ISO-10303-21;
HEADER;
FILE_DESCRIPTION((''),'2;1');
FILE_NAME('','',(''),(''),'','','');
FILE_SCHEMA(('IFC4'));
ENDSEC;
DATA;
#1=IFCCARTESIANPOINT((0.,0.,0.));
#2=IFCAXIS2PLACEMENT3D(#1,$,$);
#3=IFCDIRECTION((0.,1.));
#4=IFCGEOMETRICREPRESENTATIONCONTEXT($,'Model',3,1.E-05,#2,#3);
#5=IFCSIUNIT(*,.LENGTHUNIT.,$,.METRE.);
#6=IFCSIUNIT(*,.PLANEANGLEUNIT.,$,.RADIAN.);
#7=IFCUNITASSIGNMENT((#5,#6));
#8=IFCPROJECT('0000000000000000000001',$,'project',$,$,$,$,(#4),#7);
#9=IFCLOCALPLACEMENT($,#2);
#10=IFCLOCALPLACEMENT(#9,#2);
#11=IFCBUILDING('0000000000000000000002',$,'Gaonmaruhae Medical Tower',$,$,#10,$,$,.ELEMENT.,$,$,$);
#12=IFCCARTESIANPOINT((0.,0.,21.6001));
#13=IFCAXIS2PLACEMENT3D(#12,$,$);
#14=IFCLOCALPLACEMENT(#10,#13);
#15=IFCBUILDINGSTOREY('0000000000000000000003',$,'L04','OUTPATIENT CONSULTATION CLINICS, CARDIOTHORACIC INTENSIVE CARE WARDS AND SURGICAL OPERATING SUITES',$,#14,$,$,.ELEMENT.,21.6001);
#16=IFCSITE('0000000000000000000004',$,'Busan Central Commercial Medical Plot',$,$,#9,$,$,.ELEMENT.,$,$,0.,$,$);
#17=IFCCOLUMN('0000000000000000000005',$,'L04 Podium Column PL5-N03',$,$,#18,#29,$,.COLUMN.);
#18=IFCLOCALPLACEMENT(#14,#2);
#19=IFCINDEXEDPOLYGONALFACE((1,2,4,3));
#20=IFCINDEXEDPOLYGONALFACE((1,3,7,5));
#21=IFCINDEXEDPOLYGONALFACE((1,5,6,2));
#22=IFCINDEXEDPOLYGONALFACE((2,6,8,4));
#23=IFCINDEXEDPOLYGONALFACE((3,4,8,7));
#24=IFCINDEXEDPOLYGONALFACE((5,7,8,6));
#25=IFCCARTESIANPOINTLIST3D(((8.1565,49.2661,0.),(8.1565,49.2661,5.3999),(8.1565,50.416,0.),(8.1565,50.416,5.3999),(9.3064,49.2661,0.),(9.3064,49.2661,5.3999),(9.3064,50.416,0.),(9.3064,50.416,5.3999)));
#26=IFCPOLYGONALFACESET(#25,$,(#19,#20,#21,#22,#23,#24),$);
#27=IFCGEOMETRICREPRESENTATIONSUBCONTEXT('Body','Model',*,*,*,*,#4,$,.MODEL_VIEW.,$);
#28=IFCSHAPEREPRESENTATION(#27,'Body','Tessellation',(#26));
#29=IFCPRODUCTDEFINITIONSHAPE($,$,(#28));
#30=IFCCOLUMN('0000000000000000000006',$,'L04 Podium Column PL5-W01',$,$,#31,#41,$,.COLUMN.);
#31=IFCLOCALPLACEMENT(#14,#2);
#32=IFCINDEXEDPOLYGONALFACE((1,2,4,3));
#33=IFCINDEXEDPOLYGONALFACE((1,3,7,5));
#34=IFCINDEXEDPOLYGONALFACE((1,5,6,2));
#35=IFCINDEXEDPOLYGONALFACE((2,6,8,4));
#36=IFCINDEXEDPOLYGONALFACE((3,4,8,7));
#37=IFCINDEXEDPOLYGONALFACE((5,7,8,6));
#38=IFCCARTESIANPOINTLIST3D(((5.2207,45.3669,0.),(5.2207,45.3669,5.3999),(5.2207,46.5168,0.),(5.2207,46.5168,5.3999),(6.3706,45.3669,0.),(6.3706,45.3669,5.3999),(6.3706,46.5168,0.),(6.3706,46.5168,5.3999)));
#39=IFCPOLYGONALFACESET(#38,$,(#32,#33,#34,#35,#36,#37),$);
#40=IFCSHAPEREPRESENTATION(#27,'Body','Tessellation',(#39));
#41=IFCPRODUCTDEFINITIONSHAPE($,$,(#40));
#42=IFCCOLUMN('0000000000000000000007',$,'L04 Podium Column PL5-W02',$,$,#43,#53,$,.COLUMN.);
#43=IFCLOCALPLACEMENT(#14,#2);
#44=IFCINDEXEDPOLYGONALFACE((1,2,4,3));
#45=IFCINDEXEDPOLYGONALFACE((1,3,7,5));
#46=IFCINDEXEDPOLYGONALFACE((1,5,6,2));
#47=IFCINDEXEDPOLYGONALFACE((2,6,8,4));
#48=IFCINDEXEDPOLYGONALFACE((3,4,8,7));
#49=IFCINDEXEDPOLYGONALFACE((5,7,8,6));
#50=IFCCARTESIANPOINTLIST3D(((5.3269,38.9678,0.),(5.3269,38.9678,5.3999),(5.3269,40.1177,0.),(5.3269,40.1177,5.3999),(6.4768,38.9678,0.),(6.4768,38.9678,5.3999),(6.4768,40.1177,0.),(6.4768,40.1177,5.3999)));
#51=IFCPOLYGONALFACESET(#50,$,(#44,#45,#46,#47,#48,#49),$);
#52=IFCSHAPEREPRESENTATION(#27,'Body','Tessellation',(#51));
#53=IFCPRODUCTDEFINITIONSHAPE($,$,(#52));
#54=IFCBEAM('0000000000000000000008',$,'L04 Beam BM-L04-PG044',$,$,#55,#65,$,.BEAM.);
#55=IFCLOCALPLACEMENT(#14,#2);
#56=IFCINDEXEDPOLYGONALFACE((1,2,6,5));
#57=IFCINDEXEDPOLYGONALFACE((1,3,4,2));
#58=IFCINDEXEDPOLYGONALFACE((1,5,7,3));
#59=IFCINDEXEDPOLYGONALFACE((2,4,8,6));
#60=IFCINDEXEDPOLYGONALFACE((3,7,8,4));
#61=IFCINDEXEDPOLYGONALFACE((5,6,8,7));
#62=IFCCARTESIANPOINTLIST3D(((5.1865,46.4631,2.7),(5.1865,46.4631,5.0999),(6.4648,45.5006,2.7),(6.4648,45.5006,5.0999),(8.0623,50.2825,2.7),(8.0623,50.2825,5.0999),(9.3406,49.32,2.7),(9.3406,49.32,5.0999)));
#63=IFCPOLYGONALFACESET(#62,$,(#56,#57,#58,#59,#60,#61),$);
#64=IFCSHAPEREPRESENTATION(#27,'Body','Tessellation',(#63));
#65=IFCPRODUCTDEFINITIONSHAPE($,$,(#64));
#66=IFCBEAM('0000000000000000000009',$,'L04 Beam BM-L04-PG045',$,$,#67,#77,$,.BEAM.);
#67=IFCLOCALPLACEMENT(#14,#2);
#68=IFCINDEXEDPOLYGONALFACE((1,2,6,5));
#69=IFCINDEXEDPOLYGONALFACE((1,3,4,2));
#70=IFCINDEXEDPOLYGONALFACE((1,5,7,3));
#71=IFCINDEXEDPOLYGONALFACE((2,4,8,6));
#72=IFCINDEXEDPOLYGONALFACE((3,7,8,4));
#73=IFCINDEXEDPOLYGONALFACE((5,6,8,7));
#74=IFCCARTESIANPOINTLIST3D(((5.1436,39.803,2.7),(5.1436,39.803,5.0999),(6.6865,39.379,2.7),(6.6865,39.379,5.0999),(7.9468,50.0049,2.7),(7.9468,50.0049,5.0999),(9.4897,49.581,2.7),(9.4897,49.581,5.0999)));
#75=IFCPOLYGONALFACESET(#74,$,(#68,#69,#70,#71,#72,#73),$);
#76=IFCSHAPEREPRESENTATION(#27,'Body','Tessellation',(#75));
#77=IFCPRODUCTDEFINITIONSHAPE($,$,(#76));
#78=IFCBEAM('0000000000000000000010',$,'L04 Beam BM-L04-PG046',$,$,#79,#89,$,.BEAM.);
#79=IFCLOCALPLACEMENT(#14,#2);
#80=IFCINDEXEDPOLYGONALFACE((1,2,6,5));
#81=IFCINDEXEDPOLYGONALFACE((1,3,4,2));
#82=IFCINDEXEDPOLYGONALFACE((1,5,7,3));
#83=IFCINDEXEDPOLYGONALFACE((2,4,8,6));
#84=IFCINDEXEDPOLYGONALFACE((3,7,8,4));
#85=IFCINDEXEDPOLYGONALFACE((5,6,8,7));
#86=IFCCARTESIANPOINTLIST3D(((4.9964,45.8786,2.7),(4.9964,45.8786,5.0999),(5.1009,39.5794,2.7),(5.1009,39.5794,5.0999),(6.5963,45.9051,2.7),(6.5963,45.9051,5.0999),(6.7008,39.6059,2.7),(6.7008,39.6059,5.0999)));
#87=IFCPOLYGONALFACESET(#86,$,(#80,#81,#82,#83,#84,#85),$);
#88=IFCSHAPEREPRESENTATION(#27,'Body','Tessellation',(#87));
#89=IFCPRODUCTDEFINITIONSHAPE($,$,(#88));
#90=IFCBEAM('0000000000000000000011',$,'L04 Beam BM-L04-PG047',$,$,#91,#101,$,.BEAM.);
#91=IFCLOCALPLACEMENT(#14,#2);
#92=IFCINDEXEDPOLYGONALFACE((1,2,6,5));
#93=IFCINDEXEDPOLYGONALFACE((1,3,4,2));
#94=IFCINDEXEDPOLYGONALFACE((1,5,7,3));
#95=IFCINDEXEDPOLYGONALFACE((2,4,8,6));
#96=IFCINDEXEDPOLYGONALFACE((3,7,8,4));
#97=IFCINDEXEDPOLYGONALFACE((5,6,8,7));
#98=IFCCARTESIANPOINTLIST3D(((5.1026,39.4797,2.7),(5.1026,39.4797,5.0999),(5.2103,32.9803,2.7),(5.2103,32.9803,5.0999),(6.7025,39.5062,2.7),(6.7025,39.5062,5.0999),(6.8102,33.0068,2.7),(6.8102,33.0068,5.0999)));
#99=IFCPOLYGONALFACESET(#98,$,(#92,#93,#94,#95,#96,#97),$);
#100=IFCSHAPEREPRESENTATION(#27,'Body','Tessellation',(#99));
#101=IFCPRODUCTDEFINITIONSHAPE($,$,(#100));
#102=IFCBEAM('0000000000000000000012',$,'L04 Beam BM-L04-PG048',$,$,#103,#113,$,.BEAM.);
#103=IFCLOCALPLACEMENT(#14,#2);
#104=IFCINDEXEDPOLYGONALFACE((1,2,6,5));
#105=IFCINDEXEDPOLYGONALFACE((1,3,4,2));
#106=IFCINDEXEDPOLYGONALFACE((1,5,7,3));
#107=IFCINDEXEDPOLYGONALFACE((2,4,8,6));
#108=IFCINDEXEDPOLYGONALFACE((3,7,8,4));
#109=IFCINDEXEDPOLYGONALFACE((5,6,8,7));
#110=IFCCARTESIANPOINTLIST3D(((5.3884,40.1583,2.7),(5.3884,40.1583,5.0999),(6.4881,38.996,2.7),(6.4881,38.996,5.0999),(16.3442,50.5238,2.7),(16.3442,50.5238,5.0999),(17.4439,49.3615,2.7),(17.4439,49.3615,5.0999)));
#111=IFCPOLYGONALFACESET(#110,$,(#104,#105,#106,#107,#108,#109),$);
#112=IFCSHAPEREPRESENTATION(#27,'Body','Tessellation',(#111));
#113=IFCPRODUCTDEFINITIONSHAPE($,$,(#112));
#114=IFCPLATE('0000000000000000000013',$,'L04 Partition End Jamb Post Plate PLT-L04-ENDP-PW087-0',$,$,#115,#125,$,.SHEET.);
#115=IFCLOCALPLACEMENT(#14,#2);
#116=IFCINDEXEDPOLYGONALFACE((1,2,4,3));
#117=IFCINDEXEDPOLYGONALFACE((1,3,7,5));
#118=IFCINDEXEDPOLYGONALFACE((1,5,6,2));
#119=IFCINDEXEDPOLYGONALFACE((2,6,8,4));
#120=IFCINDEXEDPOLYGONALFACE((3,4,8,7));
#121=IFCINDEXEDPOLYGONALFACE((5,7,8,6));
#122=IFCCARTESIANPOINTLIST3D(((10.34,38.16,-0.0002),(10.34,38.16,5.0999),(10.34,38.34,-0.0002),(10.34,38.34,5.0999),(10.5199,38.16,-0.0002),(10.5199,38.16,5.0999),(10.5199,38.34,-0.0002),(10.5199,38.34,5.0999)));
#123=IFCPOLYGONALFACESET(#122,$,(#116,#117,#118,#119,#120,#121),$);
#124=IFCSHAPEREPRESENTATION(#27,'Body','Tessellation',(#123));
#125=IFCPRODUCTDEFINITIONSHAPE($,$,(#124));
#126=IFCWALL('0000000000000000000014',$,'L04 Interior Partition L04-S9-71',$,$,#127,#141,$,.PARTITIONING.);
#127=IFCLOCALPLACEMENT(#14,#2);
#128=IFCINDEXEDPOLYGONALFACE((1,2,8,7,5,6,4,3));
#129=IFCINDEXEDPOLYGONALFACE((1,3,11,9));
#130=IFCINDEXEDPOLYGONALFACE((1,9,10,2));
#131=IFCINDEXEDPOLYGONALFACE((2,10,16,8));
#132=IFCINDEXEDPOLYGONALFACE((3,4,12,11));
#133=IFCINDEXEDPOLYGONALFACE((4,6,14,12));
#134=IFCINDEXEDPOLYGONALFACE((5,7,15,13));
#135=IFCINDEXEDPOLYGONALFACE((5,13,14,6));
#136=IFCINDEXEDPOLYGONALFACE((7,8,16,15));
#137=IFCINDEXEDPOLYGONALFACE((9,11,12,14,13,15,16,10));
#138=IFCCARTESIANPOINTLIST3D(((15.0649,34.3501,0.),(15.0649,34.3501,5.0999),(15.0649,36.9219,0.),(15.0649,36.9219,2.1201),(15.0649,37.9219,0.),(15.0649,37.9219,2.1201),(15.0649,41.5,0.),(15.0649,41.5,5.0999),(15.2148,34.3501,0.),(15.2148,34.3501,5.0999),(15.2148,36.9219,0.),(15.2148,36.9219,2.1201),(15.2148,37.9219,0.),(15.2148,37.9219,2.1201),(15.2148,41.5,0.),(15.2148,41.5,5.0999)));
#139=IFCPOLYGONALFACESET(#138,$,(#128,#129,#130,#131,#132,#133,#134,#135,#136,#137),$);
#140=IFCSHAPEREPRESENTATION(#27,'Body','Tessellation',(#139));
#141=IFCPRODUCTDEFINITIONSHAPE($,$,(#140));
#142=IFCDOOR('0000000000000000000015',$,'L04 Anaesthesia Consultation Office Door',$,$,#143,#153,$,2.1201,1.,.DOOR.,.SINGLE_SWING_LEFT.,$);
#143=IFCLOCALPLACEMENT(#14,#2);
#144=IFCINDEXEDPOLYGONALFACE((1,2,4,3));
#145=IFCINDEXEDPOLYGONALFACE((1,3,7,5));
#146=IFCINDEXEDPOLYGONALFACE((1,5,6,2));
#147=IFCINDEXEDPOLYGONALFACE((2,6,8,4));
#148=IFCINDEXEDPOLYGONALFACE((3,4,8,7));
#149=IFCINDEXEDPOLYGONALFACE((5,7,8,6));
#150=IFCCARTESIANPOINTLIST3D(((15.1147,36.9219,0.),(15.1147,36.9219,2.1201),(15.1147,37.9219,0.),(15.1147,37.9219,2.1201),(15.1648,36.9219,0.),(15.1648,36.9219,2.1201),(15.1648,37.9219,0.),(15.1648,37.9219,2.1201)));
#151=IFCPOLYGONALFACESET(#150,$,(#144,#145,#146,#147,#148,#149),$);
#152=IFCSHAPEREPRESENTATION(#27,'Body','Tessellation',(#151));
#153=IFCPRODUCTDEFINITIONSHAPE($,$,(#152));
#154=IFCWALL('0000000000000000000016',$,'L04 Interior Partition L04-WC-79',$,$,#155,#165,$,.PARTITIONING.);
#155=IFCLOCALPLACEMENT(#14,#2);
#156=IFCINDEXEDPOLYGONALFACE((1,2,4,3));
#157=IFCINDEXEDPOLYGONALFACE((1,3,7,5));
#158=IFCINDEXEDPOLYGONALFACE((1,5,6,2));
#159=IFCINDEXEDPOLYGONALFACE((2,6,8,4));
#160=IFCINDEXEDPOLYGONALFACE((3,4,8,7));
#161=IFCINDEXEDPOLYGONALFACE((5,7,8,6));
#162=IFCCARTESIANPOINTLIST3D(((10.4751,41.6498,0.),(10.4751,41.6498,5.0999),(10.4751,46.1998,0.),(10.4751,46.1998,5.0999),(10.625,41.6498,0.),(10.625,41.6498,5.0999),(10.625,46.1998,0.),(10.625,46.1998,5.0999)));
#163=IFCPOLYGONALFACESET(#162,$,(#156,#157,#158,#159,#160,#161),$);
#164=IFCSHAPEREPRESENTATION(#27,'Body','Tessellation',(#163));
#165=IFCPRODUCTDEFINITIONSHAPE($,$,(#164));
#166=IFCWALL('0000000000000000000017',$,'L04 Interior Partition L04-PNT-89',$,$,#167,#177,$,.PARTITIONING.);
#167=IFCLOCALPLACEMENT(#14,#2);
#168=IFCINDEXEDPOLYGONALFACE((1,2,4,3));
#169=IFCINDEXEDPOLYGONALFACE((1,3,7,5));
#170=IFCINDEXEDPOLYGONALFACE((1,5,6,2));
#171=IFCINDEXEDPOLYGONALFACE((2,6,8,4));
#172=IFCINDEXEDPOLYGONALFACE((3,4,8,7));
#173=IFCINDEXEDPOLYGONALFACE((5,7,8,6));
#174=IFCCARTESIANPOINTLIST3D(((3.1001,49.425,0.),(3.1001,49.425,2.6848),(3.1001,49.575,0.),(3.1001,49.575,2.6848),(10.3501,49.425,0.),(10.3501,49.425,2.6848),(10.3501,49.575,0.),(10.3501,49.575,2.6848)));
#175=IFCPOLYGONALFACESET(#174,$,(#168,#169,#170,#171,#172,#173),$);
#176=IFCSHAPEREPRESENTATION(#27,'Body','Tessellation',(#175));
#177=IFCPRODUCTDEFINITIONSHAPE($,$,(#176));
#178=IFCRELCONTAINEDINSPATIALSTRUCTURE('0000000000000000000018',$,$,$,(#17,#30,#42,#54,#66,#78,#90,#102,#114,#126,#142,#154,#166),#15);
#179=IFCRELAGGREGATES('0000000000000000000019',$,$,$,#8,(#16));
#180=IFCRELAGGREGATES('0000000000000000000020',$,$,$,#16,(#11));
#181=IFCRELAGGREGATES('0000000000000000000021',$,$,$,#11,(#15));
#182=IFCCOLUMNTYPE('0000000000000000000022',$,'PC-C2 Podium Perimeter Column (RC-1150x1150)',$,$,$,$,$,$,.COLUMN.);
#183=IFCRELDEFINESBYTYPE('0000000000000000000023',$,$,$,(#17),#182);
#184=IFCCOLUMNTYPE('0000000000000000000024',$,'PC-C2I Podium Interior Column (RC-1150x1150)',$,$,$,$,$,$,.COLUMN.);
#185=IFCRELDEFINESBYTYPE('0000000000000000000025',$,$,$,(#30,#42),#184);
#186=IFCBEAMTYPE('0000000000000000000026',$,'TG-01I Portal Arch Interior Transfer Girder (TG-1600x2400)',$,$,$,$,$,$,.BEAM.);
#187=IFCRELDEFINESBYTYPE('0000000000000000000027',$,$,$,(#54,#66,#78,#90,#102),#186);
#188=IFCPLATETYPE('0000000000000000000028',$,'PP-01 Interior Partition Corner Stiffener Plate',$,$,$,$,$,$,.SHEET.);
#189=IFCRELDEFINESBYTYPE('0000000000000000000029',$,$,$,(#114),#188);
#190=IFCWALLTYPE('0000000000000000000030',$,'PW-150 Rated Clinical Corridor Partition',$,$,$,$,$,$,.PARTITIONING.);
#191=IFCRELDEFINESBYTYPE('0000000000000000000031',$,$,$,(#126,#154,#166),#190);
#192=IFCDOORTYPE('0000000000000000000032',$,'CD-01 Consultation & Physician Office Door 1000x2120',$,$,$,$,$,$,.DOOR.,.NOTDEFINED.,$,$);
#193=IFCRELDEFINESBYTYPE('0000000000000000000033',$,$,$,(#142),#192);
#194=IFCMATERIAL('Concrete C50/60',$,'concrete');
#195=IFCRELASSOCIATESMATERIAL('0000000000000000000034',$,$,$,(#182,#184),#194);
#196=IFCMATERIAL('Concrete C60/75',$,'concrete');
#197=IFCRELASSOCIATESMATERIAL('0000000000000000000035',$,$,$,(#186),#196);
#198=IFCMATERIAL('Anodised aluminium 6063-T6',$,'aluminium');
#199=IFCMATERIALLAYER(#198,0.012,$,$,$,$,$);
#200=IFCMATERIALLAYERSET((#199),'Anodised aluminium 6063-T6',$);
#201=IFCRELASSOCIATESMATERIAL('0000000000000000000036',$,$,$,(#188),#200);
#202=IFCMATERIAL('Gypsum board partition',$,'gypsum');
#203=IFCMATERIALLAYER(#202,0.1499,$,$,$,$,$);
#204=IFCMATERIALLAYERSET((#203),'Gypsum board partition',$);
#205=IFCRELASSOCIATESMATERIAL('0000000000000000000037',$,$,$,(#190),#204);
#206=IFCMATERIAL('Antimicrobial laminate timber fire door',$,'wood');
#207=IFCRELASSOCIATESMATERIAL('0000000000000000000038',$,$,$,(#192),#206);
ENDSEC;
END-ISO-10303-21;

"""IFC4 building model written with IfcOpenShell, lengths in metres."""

from ifc_helpers import new_model, si_unit, direction, frame, frame_2d, origin, origin_2d, place, context, subcontext, project, spatial, rectangle, extrude, material, layer, layer_set, material_profile, profile_set, type_object, element, fill, save


model = new_model("IFC4")

# Units and contexts
model_context = context("Model", 3, precision=1e-05, world=origin(), true_north=direction((0.0, 1.0)))
body_context = subcontext(model_context, "Body", "Model", "MODEL_VIEW")
ifc_project = project(units=[si_unit("LENGTHUNIT", "METRE"), si_unit("PLANEANGLEUNIT", "RADIAN")], contexts=[model_context])

# Site, building, storey
site_placement = place(None, origin())
site = spatial("IfcSite", under=ifc_project, at=site_placement, Name="Busan Central Commercial Medical Plot", CompositionType="ELEMENT", RefElevation=0.0)
building_placement = place(site_placement, origin())
building = spatial("IfcBuilding", under=site, at=building_placement, Name="Gaonmaruhae Medical Tower", CompositionType="ELEMENT")
storey_placement = place(building_placement, frame((0.0, 0.0, 21.6001)))
storey = spatial("IfcBuildingStorey", under=building, at=storey_placement, Name="L04", Description="OUTPATIENT CONSULTATION CLINICS, CARDIOTHORACIC INTENSIVE CARE WARDS AND SURGICAL OPERATING SUITES", CompositionType="ELEMENT", Elevation=21.6001)

# Columns
ifc_material_1 = material(Name="Concrete C50/60", Category="concrete")
ifc_material_profile_1 = material_profile(ifc_material_1, rectangle(XDim=1.1499, YDim=1.1499, at=origin_2d()), Name="RC-1150x1150")
ifc_profile_set_1 = profile_set([ifc_material_profile_1], Name="Concrete C50/60")
column_type_1 = type_object("IfcColumnType", Name="PC-C2 Podium Perimeter Column (RC-1150x1150)", PredefinedType="COLUMN", material=ifc_profile_set_1)
column_placement = place(storey_placement, frame((8.7314, 49.8411, 0.0), z_axis=(0.0, 0.0, 1.0), x_axis=(1.0, 0.0, 0.0)))
element("IfcColumn", 1, at=column_placement, inside=storey, type_object=column_type_1, Name="L04 Podium Column PL5-N03", PredefinedType="COLUMN", context=body_context, shape_type="SweptSolid", body=[
    extrude(rectangle(XDim=1.1499, YDim=1.1499, at=origin_2d()), origin(), (0.0, 0.0, 1.0), 5.3999),
])
ifc_material_profile_2 = material_profile(ifc_material_1, rectangle(XDim=1.1499, YDim=1.1499, at=origin_2d()), Name="RC-1150x1150")
ifc_profile_set_2 = profile_set([ifc_material_profile_2], Name="Concrete C50/60")
column_type_2 = type_object("IfcColumnType", Name="PC-C2I Podium Interior Column (RC-1150x1150)", PredefinedType="COLUMN", material=ifc_profile_set_2)
for number, where, z_axis, x_axis, name in (
    (2, (5.7957, 45.9419, 0.0), (0.0, 0.0, 1.0), (1.0, 0.0, 0.0), "L04 Podium Column PL5-W01"),
    (3, (5.9019, 39.5427, 0.0), (0.0, 0.0, 1.0), (1.0, 0.0, 0.0), "L04 Podium Column PL5-W02"),
):
    element("IfcColumn", number, at=place(storey_placement, frame(where, z_axis=z_axis, x_axis=x_axis)), inside=storey, type_object=column_type_2, Name=name, PredefinedType="COLUMN", context=body_context, shape_type="SweptSolid", body=[
        extrude(rectangle(XDim=1.1499, YDim=1.1499, at=origin_2d()), origin(), (0.0, 0.0, 1.0), 5.3999),
    ])

# Beams
ifc_material_2 = material(Name="Concrete C60/75", Category="concrete")
ifc_material_profile_3 = material_profile(ifc_material_2, rectangle(XDim=1.6001, YDim=2.3999, at=origin_2d()), Name="TG-1600x2400")
ifc_profile_set_3 = profile_set([ifc_material_profile_3], Name="Concrete C60/75")
beam_type = type_object("IfcBeamType", Name="TG-01I Portal Arch Interior Transfer Girder (TG-1600x2400)", PredefinedType="BEAM", material=ifc_profile_set_3)
beam_1_placement = place(storey_placement, frame((8.7014, 49.8013, 3.8999), z_axis=(-0.601502, -0.798871, 0.0), x_axis=(0.798871, -0.601502, 0.0)))
element("IfcBeam", 4, at=beam_1_placement, inside=storey, type_object=beam_type, Name="L04 Beam BM-L04-PG044", PredefinedType="BEAM", context=body_context, shape_type="SweptSolid", body=[
    extrude(rectangle(XDim=1.6001, YDim=2.3999, at=origin_2d()), origin(), (0.0, 0.0, 1.0), 4.781),
])
beam_2_placement = place(storey_placement, frame((8.7183, 49.793, 3.8999), z_axis=(-0.264954, -0.964261, 0.0), x_axis=(0.964261, -0.264954, 0.0)))
element("IfcBeam", 5, at=beam_2_placement, inside=storey, type_object=beam_type, Name="L04 Beam BM-L04-PG045", PredefinedType="BEAM", context=body_context, shape_type="SweptSolid", body=[
    extrude(rectangle(XDim=1.6001, YDim=2.3999, at=origin_2d()), origin(), (0.0, 0.0, 1.0), 10.5801),
])
beam_3_placement = place(storey_placement, frame((5.7964, 45.8918, 3.8999), z_axis=(0.016586, -0.999862, 0.0), x_axis=(0.999862, 0.016586, 0.0)))
element("IfcBeam", 6, at=beam_3_placement, inside=storey, type_object=beam_type, Name="L04 Beam BM-L04-PG046", PredefinedType="BEAM", context=body_context, shape_type="SweptSolid", body=[
    extrude(rectangle(XDim=1.6001, YDim=2.3999, at=origin_2d()), origin(), (0.0, 0.0, 1.0), 6.3),
])
beam_4_placement = place(storey_placement, frame((5.9026, 39.4929, 3.8999), z_axis=(0.016564, -0.999863, 0.0), x_axis=(0.999863, 0.016564, 0.0)))
element("IfcBeam", 7, at=beam_4_placement, inside=storey, type_object=beam_type, Name="L04 Beam BM-L04-PG047", PredefinedType="BEAM", context=body_context, shape_type="SweptSolid", body=[
    extrude(rectangle(XDim=1.6001, YDim=2.3999, at=origin_2d()), origin(), (0.0, 0.0, 1.0), 6.5002),
])
beam_5_placement = place(storey_placement, frame((5.9382, 39.5771, 3.8999), z_axis=(0.726406, 0.687265, 0.0), x_axis=(-0.687265, 0.726406, 0.0)))
element("IfcBeam", 8, at=beam_5_placement, inside=storey, type_object=beam_type, Name="L04 Beam BM-L04-PG048", PredefinedType="BEAM", context=body_context, shape_type="SweptSolid", body=[
    extrude(rectangle(XDim=1.6001, YDim=2.3999, at=origin_2d()), origin(), (0.0, 0.0, 1.0), 15.0823),
])

# Plate
ifc_material_3 = material(Name="Anodised aluminium 6063-T6", Category="aluminium")
ifc_layer_1 = layer(ifc_material_3, 0.012)
ifc_layer_set_1 = layer_set([ifc_layer_1], Name="Anodised aluminium 6063-T6")
plate_type = type_object("IfcPlateType", Name="PP-01 Interior Partition Corner Stiffener Plate", PredefinedType="SHEET", material=ifc_layer_set_1)
plate_placement = place(storey_placement, frame((10.4299, 38.25, -0.0002), z_axis=(0.0, 0.0, 1.0), x_axis=(-1.0, 0.0, 0.0)))
element("IfcPlate", 9, at=plate_placement, inside=storey, type_object=plate_type, Name="L04 Partition End Jamb Post Plate PLT-L04-ENDP-PW087-0", PredefinedType="SHEET", context=body_context, shape_type="SweptSolid", body=[
    extrude(rectangle(XDim=0.1799, YDim=0.1799, at=origin_2d()), origin(), (0.0, 0.0, 1.0), 5.1001),
])

# Wall, opening, door
ifc_material_4 = material(Name="Gypsum board partition", Category="gypsum")
ifc_layer_2 = layer(ifc_material_4, 0.1499)
ifc_layer_set_2 = layer_set([ifc_layer_2], Name="Gypsum board partition")
wall_type_1 = type_object("IfcWallType", Name="PW-150 Rated Clinical Corridor Partition", PredefinedType="PARTITIONING", material=ifc_layer_set_2)
wall_1_placement = place(storey_placement, frame((15.1399, 41.5, 0.0), z_axis=(0.0, 0.0, 1.0), x_axis=(0.0, -1.0, 0.0)))
wall_1 = element("IfcWall", 10, at=wall_1_placement, inside=storey, type_object=wall_type_1, Name="L04 Interior Partition L04-S9-71", PredefinedType="PARTITIONING", context=body_context, shape_type="SweptSolid", body=[
    extrude(rectangle(XDim=7.1499, YDim=0.1499, at=frame_2d((3.575, 0.0))), origin(), (0.0, 0.0, 1.0), 5.0999),
])
opening_1_placement = place(wall_1_placement, frame((3.5781, 0.0, 0.0)))
opening_1 = element("IfcOpeningElement", 11, at=opening_1_placement, cuts=wall_1, PredefinedType="OPENING", context=body_context, shape_type="SweptSolid", body=[
    extrude(rectangle(XDim=1.0, YDim=2.1201, at=frame_2d((0.5, 1.0601))), frame((0.0, 0.085, 0.0), z_axis=(0.0, -1.0, 0.0), x_axis=(1.0, 0.0, 0.0)), (0.0, 0.0, 1.0), 0.1699),
])
ifc_material_5 = material(Name="Antimicrobial laminate timber fire door", Category="wood")
door_type_1 = type_object("IfcDoorType", Name="CD-01 Consultation & Physician Office Door 1000x2120", OperationType="NOTDEFINED", PredefinedType="DOOR", material=ifc_material_5)
door_1_placement = place(opening_1_placement, origin())
door_1 = element("IfcDoor", 12, at=door_1_placement, inside=storey, type_object=door_type_1, Name="L04 Anaesthesia Consultation Office Door", OperationType="SINGLE_SWING_LEFT", OverallHeight=2.1201, OverallWidth=1.0, PredefinedType="DOOR", context=body_context, shape_type="SweptSolid", body=[
    extrude(rectangle(XDim=1.0, YDim=2.1201, at=frame_2d((0.5, 1.0601))), frame((0.0, 0.0249, 0.0), z_axis=(0.0, -1.0, 0.0), x_axis=(1.0, 0.0, 0.0)), (0.0, 0.0, 1.0), 0.05),
])
fill(opening_1, door_1)

# Walls
wall_2_placement = place(storey_placement, frame((10.55, 41.6499, 0.0), z_axis=(0.0, 0.0, 1.0), x_axis=(0.0, 1.0, 0.0)))
element("IfcWall", 13, at=wall_2_placement, inside=storey, type_object=wall_type_1, Name="L04 Interior Partition L04-WC-79", PredefinedType="PARTITIONING", context=body_context, shape_type="SweptSolid", body=[
    extrude(rectangle(XDim=4.55, YDim=0.1499, at=frame_2d((2.2749, 0.0))), origin(), (0.0, 0.0, 1.0), 5.0999),
])
wall_3_placement = place(storey_placement, frame((3.1001, 49.5, 0.0), z_axis=(0.0, 0.0, 1.0), x_axis=(1.0, 0.0, 0.0)))
element("IfcWall", 14, at=wall_3_placement, inside=storey, type_object=wall_type_1, Name="L04 Interior Partition L04-PNT-89", PredefinedType="PARTITIONING", context=body_context, shape_type="SweptSolid", body=[
    extrude(rectangle(XDim=7.25, YDim=0.1499, at=frame_2d((3.625, 0.0))), origin(), (0.0, 0.0, 1.0), 2.6848),
])

save(model, "model.ifc")
